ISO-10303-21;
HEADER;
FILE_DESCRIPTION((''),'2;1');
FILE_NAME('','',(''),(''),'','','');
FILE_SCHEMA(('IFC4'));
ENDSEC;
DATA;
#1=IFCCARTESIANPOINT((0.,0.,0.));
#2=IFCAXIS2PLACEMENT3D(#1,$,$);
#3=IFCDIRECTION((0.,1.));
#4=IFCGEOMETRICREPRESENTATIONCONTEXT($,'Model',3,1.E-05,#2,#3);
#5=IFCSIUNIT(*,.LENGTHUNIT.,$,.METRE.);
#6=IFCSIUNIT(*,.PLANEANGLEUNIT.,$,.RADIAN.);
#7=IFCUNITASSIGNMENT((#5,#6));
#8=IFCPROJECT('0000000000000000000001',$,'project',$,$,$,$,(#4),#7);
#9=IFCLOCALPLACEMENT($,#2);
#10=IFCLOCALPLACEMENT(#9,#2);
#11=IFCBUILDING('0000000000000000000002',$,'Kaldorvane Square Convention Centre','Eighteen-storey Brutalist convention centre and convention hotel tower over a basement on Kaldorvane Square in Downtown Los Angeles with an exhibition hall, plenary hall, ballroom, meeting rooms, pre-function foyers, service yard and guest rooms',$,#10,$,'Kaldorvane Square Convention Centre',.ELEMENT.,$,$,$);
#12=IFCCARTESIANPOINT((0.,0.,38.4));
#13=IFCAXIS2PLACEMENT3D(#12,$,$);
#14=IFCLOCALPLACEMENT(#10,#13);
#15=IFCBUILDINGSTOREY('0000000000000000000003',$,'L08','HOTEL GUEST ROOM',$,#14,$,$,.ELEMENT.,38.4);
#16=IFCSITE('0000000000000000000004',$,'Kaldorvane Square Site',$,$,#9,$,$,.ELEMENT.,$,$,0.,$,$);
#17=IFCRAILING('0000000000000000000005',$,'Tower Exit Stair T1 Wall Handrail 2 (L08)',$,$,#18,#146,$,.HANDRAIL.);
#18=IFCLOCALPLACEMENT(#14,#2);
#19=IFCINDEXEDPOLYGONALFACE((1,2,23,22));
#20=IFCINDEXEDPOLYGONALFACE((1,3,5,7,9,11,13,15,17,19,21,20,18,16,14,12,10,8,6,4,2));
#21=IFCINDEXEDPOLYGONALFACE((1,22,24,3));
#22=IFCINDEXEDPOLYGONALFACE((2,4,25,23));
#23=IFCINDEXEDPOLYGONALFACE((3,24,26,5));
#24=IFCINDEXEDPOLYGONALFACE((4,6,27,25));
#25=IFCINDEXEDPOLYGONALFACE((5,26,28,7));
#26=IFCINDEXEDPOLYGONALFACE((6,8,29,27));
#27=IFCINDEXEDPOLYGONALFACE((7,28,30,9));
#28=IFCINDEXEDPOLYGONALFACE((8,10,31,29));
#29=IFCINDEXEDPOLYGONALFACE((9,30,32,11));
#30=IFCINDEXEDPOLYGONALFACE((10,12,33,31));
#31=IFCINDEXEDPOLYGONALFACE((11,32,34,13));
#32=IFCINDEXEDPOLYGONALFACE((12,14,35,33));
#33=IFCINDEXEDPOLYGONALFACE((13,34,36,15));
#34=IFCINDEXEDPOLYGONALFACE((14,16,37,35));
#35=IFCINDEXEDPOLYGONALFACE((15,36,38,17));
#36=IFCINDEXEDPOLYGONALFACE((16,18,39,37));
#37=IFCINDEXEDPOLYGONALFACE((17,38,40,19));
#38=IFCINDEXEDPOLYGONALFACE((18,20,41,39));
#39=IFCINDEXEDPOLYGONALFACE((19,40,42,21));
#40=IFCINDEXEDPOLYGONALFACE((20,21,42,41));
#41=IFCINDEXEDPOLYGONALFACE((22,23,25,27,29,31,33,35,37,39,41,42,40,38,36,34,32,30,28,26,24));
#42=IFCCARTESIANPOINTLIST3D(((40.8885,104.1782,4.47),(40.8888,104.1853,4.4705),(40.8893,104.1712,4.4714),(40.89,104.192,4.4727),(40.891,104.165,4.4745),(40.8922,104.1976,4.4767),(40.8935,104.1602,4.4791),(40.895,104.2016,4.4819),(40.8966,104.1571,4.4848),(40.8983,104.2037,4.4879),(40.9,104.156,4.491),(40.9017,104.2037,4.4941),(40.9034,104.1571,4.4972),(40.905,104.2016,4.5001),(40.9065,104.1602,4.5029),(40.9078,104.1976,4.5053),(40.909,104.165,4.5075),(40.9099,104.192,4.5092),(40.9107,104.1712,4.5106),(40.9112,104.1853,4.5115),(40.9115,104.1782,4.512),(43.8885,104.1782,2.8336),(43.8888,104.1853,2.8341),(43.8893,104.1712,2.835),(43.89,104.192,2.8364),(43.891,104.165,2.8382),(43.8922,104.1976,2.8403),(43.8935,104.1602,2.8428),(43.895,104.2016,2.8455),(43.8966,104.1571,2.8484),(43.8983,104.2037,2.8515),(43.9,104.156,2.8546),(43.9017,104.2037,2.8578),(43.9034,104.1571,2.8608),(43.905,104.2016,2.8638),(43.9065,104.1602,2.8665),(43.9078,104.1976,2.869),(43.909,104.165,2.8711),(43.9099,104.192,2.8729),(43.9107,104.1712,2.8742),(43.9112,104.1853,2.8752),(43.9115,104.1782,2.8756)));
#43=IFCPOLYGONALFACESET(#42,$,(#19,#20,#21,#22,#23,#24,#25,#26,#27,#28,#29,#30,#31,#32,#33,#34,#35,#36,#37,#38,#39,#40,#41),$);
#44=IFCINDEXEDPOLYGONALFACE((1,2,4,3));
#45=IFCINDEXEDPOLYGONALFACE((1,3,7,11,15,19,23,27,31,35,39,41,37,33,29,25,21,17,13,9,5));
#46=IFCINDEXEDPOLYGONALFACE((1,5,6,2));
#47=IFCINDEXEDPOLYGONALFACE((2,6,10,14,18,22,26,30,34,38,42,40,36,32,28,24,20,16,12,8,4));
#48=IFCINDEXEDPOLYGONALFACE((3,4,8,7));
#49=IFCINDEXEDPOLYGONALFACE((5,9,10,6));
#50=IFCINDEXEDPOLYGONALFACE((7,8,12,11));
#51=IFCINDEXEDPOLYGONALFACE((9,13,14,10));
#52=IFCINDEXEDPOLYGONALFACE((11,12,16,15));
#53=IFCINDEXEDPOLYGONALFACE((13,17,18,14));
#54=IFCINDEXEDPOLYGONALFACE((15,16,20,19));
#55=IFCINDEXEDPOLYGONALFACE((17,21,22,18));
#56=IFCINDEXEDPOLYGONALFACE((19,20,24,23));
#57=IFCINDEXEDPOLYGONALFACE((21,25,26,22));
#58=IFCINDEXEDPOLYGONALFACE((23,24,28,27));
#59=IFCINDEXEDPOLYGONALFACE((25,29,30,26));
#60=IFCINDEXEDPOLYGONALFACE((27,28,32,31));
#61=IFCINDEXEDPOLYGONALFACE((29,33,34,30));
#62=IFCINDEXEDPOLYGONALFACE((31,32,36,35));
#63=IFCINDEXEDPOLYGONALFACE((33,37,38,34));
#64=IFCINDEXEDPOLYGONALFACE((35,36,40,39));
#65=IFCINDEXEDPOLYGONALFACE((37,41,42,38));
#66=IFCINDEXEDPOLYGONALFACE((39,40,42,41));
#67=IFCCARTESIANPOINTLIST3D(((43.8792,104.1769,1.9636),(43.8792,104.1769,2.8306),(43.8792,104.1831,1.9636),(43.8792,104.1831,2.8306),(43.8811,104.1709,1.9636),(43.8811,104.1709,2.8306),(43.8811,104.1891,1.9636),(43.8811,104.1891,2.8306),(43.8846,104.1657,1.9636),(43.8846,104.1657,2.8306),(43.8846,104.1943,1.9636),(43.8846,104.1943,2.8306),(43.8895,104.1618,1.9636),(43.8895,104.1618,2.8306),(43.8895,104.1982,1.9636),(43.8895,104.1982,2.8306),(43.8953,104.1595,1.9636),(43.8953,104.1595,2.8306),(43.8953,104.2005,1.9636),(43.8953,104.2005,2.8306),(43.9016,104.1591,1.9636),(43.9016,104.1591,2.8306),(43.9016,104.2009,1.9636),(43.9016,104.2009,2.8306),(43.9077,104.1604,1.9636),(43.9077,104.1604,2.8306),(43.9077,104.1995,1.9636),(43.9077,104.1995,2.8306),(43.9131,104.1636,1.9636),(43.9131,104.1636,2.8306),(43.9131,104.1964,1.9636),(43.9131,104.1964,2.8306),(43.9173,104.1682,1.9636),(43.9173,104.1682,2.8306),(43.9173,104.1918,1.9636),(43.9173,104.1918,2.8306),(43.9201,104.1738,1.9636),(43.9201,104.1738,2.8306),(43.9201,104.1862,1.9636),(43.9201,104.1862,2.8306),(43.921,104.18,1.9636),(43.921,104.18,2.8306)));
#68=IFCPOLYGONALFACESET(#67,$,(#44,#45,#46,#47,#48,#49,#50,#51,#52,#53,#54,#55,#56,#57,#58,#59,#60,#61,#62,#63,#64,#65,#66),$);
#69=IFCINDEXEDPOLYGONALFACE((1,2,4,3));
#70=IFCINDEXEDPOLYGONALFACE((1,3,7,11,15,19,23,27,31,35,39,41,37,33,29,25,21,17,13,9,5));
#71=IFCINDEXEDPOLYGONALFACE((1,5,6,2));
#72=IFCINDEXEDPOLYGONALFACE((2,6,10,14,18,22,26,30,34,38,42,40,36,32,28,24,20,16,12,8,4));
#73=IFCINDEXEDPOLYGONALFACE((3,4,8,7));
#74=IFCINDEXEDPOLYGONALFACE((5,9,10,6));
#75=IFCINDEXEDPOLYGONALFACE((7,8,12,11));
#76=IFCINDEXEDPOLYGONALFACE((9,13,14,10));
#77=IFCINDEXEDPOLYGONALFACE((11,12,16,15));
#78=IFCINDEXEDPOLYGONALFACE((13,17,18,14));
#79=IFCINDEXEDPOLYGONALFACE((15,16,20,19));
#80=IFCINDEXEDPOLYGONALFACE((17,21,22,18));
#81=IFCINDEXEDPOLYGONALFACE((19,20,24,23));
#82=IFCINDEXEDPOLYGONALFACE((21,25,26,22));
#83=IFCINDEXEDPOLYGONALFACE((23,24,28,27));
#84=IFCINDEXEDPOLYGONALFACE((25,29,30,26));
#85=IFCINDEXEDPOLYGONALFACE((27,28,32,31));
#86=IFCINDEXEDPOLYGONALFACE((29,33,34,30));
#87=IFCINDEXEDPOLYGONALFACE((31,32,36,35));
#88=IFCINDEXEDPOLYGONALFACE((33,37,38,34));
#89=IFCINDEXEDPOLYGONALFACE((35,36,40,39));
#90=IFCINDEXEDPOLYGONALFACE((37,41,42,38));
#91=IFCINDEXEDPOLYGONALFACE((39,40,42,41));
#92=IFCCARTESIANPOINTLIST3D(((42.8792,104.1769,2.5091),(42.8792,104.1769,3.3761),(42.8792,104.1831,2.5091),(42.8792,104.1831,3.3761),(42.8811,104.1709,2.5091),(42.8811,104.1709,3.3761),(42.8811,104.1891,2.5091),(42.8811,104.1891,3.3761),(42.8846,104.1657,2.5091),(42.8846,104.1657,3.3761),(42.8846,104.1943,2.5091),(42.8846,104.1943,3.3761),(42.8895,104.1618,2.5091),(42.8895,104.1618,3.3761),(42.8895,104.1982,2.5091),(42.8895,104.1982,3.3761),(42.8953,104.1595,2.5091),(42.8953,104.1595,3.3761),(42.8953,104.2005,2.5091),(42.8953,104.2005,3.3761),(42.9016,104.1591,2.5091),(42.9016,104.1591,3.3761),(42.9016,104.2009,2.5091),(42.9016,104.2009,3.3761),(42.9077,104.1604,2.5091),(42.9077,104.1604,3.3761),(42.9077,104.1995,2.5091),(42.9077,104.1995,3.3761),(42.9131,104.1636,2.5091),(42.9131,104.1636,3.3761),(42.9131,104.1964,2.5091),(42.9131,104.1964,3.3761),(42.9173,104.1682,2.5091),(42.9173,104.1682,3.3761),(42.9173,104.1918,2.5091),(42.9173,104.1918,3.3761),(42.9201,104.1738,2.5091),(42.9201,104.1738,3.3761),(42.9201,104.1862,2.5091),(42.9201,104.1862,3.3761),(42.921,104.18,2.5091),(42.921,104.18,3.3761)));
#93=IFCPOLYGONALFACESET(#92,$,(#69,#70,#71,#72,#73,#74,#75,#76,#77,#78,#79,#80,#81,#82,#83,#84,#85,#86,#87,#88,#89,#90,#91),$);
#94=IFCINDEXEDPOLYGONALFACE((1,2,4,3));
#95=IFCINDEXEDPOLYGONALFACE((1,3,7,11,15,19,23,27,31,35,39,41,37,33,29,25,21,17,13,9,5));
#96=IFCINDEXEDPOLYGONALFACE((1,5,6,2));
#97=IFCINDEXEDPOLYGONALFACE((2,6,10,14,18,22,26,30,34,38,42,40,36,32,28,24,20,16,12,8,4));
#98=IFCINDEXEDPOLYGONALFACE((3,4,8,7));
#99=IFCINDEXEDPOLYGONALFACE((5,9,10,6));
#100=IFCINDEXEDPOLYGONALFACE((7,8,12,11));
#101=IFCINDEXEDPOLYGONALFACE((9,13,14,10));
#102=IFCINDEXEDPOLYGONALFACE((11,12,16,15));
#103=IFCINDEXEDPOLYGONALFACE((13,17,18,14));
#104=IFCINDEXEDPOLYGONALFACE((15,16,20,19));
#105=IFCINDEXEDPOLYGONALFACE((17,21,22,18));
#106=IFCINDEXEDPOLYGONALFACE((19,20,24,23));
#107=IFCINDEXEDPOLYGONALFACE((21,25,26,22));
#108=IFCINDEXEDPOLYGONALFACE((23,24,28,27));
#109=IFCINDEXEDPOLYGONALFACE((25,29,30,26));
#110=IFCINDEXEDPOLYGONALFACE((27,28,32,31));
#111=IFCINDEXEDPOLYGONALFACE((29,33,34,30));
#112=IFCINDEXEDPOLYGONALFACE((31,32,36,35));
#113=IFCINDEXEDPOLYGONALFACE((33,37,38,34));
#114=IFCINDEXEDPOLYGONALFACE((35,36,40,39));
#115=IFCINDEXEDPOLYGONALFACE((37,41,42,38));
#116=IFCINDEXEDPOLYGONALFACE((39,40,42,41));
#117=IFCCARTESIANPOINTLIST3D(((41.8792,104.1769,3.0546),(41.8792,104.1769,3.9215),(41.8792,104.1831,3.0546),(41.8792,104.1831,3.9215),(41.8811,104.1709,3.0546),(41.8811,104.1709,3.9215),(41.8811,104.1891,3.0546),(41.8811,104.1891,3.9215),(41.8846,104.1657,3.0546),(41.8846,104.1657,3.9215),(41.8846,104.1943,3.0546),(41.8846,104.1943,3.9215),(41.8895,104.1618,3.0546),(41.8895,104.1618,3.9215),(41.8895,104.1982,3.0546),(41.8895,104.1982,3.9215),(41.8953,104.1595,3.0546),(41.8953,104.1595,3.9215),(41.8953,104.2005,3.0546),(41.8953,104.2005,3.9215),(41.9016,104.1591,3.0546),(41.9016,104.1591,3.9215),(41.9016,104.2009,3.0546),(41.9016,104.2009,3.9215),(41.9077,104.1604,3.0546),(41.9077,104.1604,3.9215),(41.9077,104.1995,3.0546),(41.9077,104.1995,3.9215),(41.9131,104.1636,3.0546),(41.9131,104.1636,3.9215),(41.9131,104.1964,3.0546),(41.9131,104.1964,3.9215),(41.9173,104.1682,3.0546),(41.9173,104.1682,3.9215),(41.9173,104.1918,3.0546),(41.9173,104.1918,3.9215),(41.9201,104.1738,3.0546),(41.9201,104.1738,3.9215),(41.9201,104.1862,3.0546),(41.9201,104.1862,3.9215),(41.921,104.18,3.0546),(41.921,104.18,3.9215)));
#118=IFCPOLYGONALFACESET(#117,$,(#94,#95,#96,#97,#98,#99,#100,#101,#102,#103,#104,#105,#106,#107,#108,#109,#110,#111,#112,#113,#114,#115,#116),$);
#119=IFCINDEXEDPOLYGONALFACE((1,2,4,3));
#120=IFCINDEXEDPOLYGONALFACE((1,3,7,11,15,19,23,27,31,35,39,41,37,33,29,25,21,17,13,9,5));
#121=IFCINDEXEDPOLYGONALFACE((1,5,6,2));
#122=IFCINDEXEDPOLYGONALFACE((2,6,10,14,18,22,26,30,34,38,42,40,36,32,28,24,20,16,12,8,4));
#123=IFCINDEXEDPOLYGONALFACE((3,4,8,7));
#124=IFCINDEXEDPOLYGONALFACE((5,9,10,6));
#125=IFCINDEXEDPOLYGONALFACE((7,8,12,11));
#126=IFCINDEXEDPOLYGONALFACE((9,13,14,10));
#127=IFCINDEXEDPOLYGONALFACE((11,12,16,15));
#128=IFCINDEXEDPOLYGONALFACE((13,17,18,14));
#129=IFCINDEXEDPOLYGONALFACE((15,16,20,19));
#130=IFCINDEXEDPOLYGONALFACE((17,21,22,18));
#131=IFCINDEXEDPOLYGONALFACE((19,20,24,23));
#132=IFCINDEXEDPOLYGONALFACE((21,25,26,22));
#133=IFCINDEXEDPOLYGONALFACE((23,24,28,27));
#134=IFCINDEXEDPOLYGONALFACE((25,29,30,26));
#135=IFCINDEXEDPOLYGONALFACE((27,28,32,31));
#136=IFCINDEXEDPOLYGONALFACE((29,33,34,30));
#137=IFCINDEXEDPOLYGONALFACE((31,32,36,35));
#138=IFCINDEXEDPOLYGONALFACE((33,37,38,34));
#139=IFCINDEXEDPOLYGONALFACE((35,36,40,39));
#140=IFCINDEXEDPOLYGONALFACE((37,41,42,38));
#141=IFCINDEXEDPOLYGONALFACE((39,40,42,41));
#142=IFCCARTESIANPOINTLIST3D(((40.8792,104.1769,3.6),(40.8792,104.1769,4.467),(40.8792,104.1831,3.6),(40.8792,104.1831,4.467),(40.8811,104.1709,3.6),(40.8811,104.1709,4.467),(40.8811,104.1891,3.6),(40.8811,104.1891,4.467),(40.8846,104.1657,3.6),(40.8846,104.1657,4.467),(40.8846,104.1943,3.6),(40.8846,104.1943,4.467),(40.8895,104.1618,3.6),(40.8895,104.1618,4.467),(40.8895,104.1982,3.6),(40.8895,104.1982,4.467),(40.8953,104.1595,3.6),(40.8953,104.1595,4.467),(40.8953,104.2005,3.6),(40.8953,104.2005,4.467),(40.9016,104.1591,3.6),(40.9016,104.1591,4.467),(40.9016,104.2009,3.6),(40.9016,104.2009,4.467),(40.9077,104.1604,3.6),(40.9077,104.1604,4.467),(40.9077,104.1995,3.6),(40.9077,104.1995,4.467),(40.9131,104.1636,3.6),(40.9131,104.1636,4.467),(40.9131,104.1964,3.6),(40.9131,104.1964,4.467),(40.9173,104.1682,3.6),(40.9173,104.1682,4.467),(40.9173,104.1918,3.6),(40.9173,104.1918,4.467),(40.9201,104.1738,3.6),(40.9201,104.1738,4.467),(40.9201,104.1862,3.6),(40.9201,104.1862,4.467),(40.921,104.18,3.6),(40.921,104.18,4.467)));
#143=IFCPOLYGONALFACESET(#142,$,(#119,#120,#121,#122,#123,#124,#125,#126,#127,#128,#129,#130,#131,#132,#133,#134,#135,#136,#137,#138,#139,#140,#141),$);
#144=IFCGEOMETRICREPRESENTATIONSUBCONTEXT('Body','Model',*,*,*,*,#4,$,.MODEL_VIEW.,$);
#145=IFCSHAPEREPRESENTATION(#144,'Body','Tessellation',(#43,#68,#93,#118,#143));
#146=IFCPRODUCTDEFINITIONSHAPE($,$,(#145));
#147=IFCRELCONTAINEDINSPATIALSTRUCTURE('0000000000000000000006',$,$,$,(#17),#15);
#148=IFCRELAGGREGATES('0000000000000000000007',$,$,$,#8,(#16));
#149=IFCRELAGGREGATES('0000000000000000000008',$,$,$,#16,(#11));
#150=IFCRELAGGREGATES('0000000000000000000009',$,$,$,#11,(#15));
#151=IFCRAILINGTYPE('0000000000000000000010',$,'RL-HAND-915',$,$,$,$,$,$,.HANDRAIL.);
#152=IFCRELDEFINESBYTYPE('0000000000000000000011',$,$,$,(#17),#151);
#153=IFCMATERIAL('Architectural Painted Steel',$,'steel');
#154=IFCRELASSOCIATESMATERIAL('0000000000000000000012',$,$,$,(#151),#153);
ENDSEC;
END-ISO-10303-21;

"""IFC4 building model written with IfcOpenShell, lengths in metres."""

from ifc_helpers import new_model, si_unit, direction, frame, origin, origin_2d, place, context, subcontext, project, spatial, circle, extrude, material, type_object, element, save


model = new_model("IFC4")

# Units and contexts
model_context = context("Model", 3, precision=1e-05, world=origin(), true_north=direction((0.0, 1.0)))
body_context = subcontext(model_context, "Body", "Model", "MODEL_VIEW")
ifc_project = project(units=[si_unit("LENGTHUNIT", "METRE"), si_unit("PLANEANGLEUNIT", "RADIAN")], contexts=[model_context])

# Site, building, storey
site_placement = place(None, origin())
site = spatial("IfcSite", under=ifc_project, at=site_placement, Name="Kaldorvane Square Site", CompositionType="ELEMENT", RefElevation=0.0)
building_placement = place(site_placement, origin())
building = spatial("IfcBuilding", under=site, at=building_placement, Name="Kaldorvane Square Convention Centre", Description="Eighteen-storey Brutalist convention centre and convention hotel tower over a basement on Kaldorvane Square in Downtown Los Angeles with an exhibition hall, plenary hall, ballroom, meeting rooms, pre-function foyers, service yard and guest rooms", LongName="Kaldorvane Square Convention Centre", CompositionType="ELEMENT")
storey_placement = place(building_placement, frame((0.0, 0.0, 38.4)))
storey = spatial("IfcBuildingStorey", under=building, at=storey_placement, Name="L08", Description="HOTEL GUEST ROOM", CompositionType="ELEMENT", Elevation=38.4)

# Railing
ifc_material_1 = material(Name="Architectural Painted Steel", Category="steel")
railing_type_1 = type_object("IfcRailingType", Name="RL-HAND-915", PredefinedType="HANDRAIL", material=ifc_material_1)
railing_1_placement = place(storey_placement, frame((43.9, 104.18, 1.9636)))
element("IfcRailing", 1, at=railing_1_placement, inside=storey, type_object=railing_type_1, Name="Tower Exit Stair T1 Wall Handrail 2 (L08)", PredefinedType="HANDRAIL", context=body_context, shape_type="SweptSolid", body=[
    extrude(circle(Radius=0.024, at=origin_2d()), frame((0.0, 0.0, 0.891), z_axis=(-0.877895, 0.0, 0.478853), x_axis=(0.0, -1.0, 0.0)), (0.0, 0.0, 1.0), 3.4173),
    extrude(circle(Radius=0.021, at=origin_2d()), origin(), (0.0, 0.0, 1.0), 0.867),
    extrude(circle(Radius=0.021, at=origin_2d()), frame((-1.0, 0.0, 0.5455)), (0.0, 0.0, 1.0), 0.867),
    extrude(circle(Radius=0.021, at=origin_2d()), frame((-2.0, 0.0, 1.0909)), (0.0, 0.0, 1.0), 0.867),
    extrude(circle(Radius=0.021, at=origin_2d()), frame((-3.0, 0.0, 1.6364)), (0.0, 0.0, 1.0), 0.867),
])

save(model, "model.ifc")
